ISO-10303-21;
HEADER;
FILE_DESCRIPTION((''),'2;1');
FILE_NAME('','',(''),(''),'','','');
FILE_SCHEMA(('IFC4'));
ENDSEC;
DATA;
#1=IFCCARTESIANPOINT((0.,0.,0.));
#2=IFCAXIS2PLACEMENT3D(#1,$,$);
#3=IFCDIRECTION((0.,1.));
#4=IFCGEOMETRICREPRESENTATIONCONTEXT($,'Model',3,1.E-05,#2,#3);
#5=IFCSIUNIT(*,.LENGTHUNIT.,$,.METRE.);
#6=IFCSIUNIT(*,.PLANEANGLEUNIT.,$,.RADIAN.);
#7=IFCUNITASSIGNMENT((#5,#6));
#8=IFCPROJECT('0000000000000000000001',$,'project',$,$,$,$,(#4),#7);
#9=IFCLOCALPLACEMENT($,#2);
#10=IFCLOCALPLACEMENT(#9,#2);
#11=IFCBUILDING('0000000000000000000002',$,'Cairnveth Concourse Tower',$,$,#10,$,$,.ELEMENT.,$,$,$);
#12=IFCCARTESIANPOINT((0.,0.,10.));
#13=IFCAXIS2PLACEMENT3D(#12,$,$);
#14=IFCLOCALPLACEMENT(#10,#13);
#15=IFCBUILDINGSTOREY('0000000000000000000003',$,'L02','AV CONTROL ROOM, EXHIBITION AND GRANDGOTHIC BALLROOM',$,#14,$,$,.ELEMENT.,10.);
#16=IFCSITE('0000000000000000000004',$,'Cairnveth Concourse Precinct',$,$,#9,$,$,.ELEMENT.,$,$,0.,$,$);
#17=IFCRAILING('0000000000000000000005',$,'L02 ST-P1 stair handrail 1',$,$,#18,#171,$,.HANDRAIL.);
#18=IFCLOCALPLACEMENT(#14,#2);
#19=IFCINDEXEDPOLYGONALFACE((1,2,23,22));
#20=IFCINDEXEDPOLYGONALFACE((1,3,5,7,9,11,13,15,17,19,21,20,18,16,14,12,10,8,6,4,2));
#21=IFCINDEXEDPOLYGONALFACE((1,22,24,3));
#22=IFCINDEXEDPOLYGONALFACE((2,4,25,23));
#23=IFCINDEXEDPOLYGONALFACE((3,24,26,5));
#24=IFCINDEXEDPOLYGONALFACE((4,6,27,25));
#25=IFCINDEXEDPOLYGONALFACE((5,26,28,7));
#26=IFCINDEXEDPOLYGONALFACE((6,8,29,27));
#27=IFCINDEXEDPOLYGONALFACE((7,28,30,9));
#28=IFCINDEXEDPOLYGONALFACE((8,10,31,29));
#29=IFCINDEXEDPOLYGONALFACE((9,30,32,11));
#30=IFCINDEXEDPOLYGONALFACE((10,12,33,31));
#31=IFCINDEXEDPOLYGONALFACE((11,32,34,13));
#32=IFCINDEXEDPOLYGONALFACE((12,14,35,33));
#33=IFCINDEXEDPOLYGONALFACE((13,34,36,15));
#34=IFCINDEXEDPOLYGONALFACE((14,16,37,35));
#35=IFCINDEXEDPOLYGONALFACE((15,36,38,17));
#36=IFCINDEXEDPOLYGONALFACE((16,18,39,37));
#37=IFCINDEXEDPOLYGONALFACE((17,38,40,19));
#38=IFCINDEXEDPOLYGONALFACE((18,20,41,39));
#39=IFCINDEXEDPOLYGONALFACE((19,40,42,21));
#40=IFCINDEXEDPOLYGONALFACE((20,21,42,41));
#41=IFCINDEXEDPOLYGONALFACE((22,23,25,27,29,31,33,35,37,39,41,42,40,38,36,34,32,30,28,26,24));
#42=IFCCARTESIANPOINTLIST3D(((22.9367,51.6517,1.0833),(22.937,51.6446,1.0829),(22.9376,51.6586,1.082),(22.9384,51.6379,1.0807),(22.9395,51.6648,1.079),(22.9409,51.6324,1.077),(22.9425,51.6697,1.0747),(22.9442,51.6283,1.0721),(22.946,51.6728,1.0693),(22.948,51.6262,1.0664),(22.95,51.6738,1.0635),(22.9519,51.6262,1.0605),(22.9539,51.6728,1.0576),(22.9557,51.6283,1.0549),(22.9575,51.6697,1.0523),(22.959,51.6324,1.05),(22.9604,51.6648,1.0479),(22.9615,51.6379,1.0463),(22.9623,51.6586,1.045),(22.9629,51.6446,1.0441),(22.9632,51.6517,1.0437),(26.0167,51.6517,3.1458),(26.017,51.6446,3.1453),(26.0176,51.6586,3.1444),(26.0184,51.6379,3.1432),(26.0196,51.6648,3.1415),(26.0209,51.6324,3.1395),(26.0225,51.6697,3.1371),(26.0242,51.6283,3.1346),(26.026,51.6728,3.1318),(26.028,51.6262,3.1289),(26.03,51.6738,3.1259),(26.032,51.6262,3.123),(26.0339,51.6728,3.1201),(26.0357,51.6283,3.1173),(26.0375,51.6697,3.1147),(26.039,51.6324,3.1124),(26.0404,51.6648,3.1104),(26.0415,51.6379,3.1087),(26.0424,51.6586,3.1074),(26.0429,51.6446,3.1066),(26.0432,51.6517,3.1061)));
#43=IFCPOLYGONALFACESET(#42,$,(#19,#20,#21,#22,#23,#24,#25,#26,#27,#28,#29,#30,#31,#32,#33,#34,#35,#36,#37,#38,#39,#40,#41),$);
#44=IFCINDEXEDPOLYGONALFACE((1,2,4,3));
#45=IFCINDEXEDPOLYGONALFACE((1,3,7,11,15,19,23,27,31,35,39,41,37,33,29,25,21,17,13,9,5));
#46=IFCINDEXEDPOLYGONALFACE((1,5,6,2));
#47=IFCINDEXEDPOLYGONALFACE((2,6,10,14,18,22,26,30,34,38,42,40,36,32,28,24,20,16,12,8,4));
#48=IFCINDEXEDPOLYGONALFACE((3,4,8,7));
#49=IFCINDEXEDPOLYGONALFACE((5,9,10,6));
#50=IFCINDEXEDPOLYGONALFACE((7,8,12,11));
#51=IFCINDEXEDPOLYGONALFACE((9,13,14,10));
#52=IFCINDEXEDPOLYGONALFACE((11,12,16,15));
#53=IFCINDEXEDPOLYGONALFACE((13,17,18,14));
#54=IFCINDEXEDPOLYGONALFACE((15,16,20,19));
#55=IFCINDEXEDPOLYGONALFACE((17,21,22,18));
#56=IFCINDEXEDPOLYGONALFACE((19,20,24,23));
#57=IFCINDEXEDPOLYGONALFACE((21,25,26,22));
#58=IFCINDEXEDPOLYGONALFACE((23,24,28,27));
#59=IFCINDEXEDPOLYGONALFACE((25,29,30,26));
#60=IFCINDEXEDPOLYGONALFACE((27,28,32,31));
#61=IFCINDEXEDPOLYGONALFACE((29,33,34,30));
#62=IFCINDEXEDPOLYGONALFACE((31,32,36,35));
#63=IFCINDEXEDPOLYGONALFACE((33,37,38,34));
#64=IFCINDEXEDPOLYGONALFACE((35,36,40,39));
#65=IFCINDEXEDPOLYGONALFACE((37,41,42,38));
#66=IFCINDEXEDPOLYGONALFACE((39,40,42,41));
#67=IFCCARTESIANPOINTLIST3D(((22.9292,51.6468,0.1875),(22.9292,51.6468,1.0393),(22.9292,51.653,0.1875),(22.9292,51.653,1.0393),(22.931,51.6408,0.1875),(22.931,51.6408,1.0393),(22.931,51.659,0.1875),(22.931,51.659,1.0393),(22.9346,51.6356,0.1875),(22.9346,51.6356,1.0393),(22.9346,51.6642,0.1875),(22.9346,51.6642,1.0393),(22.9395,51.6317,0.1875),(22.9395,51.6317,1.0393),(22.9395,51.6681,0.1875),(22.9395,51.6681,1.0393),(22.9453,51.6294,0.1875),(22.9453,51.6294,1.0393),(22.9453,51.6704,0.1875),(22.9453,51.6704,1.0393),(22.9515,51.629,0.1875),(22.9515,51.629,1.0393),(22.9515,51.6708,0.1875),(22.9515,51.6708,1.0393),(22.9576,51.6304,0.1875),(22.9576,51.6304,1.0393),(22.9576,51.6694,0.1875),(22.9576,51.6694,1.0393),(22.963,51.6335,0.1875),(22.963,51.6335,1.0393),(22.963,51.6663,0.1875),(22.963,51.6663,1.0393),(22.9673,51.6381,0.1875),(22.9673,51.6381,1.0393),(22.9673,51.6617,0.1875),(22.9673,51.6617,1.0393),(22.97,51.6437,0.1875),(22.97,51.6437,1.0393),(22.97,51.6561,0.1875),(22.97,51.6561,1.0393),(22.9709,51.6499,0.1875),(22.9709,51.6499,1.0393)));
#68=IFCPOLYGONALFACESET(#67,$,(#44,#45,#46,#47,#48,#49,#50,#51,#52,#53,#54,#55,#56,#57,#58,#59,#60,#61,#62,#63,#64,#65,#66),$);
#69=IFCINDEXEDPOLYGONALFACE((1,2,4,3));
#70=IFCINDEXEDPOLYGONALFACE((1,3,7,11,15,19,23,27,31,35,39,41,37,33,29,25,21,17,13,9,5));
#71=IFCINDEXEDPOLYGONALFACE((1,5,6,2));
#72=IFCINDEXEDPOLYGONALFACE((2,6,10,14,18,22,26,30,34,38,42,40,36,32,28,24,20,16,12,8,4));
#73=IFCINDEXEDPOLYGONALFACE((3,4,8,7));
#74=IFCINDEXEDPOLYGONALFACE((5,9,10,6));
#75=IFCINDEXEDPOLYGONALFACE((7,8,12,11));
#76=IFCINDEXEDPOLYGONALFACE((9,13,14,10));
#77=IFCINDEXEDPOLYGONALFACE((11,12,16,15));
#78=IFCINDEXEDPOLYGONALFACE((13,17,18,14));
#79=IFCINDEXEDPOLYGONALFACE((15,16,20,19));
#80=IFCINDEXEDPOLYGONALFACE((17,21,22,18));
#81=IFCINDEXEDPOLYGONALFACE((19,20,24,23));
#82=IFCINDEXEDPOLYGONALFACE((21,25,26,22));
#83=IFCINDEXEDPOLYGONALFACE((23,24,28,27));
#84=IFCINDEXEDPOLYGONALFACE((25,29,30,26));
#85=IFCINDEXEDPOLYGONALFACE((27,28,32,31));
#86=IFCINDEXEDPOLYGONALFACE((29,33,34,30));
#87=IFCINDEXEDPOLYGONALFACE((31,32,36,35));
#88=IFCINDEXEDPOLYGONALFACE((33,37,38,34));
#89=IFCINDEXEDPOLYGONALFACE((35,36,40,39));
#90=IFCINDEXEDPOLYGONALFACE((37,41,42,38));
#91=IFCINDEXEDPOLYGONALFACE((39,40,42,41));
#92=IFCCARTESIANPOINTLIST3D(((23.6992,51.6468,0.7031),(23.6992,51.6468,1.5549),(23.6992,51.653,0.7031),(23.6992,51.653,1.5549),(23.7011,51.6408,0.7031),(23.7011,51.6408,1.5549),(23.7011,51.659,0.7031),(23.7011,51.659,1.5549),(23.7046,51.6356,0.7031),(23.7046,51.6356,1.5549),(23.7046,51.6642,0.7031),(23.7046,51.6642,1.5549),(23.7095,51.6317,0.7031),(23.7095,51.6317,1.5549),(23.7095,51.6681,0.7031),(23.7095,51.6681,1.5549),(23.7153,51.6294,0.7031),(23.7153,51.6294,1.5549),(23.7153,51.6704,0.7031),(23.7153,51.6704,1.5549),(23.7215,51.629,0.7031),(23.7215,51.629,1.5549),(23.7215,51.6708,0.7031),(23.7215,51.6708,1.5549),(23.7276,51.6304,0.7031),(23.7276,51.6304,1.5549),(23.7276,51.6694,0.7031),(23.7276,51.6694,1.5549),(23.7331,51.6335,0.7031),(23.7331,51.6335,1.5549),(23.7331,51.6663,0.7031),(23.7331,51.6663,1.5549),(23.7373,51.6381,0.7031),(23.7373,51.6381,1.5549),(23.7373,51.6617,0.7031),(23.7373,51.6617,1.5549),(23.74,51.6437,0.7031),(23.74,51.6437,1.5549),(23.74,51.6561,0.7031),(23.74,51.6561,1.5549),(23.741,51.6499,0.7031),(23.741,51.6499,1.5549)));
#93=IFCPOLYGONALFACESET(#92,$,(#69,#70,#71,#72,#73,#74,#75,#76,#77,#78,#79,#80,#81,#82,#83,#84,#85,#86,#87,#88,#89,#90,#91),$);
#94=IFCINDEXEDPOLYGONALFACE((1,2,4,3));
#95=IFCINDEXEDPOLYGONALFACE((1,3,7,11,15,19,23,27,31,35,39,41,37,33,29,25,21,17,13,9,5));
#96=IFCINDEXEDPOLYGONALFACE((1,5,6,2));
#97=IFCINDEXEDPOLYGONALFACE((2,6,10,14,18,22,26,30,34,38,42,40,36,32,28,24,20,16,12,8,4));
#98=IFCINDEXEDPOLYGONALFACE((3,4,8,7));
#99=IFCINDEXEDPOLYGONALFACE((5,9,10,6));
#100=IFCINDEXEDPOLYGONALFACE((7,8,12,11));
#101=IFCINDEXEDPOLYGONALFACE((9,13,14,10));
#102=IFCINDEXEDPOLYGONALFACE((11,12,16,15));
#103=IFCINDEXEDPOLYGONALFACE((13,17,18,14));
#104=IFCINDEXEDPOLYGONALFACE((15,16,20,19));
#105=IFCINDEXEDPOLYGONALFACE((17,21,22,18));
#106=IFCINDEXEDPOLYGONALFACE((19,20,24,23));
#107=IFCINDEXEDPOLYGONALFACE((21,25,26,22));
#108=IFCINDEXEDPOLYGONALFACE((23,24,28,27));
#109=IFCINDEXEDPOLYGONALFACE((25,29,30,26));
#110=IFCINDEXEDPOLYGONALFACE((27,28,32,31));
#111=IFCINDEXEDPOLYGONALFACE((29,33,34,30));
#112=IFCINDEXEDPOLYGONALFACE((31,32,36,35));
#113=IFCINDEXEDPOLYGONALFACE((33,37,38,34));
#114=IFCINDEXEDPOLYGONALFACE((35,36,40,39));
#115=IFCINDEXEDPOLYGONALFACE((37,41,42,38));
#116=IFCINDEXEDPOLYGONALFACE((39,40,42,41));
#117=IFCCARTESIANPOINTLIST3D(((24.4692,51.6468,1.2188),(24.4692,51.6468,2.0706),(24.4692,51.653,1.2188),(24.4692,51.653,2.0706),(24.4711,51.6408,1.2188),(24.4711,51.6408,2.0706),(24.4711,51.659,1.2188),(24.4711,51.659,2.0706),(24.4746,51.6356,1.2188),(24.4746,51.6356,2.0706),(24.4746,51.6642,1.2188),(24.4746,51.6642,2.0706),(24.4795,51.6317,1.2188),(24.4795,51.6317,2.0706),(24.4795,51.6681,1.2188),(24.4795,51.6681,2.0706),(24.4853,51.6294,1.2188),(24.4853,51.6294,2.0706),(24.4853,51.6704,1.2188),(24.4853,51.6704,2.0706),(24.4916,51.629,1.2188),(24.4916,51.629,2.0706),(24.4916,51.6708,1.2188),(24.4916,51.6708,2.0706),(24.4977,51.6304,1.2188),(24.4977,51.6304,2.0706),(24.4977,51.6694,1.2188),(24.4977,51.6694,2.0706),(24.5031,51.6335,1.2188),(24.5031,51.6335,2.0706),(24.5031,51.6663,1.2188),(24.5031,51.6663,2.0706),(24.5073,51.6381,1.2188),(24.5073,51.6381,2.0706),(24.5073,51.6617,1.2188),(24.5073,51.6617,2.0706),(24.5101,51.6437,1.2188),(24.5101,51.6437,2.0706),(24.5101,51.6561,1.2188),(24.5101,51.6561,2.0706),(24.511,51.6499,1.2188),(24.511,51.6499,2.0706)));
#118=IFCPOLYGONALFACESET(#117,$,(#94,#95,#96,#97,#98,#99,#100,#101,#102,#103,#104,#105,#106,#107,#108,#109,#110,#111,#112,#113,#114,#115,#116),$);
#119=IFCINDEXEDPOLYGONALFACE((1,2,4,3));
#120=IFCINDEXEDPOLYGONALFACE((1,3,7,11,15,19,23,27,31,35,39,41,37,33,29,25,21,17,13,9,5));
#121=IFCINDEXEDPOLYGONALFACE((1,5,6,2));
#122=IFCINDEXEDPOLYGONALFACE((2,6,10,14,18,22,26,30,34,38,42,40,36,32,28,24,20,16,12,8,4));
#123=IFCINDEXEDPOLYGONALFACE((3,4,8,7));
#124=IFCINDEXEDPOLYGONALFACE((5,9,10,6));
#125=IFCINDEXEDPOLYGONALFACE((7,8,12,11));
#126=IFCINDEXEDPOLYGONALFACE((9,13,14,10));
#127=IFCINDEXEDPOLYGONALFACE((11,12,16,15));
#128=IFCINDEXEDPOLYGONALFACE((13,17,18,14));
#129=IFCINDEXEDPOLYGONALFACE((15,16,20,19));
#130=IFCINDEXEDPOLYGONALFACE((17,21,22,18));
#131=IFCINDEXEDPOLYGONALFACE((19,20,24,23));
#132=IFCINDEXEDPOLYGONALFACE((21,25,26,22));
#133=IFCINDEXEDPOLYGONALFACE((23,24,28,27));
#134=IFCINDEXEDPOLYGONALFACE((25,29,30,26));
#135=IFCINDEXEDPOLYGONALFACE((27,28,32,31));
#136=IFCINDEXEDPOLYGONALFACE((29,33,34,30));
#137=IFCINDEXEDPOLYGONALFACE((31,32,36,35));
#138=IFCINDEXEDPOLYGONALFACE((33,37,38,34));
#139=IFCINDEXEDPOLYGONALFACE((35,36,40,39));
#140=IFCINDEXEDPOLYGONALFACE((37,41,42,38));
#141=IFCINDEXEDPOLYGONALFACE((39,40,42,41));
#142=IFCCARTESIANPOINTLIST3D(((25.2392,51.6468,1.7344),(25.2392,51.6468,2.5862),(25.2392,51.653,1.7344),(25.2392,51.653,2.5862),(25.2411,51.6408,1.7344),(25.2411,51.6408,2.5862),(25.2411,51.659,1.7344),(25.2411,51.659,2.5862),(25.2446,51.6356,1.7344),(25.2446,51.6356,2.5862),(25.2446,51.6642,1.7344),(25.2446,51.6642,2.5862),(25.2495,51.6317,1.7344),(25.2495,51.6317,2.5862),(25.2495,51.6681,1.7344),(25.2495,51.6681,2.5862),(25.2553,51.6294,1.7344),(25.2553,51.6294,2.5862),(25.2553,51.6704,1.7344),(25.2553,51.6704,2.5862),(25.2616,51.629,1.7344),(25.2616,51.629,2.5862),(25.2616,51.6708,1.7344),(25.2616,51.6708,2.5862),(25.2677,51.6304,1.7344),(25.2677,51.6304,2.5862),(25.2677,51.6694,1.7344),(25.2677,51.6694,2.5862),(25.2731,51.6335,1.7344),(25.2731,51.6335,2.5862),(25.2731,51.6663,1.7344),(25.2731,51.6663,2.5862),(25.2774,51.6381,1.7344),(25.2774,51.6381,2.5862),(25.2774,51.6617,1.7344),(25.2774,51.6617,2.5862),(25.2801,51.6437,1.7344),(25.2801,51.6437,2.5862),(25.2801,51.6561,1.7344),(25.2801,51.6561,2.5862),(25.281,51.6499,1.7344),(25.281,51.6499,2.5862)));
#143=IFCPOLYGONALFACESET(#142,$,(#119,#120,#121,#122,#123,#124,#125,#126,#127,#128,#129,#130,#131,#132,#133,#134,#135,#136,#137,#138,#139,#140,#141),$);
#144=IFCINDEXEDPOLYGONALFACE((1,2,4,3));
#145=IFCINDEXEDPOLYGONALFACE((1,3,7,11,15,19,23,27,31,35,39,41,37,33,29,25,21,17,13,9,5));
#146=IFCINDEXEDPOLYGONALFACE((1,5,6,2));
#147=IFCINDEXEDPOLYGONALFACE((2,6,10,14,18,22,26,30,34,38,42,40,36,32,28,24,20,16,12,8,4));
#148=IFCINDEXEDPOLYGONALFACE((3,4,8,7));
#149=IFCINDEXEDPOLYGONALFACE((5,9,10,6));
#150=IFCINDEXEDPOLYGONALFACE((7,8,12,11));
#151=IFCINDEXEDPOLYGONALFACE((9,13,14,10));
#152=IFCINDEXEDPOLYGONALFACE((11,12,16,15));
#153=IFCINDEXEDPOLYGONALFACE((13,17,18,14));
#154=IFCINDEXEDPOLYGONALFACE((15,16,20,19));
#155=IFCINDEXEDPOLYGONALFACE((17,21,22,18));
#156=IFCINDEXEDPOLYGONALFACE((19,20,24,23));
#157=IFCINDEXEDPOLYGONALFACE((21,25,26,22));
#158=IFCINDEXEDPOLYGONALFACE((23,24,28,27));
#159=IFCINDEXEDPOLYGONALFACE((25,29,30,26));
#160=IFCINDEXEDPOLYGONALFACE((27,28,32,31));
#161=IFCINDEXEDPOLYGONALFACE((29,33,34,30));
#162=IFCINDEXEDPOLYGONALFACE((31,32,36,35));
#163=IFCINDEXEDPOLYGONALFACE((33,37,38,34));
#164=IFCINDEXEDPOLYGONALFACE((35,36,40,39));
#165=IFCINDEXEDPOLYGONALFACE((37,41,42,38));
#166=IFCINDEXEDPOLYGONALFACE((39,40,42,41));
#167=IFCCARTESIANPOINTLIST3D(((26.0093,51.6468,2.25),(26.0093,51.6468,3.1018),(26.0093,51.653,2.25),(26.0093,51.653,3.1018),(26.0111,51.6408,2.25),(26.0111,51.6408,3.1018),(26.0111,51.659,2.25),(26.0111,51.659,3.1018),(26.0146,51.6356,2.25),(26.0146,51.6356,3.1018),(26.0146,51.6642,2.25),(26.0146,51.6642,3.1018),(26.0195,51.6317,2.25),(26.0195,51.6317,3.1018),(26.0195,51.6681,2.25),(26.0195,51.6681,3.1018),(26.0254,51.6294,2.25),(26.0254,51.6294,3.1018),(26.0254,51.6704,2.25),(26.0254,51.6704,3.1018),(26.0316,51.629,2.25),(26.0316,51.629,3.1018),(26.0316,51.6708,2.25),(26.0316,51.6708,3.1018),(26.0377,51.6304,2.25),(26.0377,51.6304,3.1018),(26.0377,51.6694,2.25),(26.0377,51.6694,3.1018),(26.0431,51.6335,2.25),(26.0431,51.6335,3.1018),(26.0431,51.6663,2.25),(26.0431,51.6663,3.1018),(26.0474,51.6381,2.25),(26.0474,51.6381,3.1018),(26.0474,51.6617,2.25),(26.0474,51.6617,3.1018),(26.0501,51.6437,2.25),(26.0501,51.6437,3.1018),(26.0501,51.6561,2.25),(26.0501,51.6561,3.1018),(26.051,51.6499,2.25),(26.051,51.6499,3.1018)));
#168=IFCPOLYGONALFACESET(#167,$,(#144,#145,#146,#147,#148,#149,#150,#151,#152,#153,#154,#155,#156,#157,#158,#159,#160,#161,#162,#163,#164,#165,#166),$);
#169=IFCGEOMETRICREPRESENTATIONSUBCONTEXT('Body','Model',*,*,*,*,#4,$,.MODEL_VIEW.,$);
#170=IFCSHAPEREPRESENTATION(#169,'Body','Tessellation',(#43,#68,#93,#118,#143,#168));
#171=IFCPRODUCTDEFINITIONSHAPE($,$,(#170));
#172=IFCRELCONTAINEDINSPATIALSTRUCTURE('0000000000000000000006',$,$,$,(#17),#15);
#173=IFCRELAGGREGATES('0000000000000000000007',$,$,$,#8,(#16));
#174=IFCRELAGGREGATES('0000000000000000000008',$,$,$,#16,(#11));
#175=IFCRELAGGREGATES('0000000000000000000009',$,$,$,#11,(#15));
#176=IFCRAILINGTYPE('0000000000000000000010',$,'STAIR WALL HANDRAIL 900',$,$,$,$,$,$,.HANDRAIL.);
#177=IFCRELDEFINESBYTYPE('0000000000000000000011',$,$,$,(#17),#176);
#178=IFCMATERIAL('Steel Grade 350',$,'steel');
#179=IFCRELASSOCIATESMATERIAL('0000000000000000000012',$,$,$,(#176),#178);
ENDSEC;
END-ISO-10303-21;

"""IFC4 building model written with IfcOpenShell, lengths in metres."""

from ifc_helpers import new_model, si_unit, direction, frame, origin, origin_2d, place, context, subcontext, project, spatial, circle, extrude, material, type_object, element, save


model = new_model("IFC4")

# Units and contexts
model_context = context("Model", 3, precision=1e-05, world=origin(), true_north=direction((0.0, 1.0)))
body_context = subcontext(model_context, "Body", "Model", "MODEL_VIEW")
ifc_project = project(units=[si_unit("LENGTHUNIT", "METRE"), si_unit("PLANEANGLEUNIT", "RADIAN")], contexts=[model_context])

# Site, building, storey
site_placement = place(None, origin())
site = spatial("IfcSite", under=ifc_project, at=site_placement, Name="Cairnveth Concourse Precinct", CompositionType="ELEMENT", RefElevation=0.0)
building_placement = place(site_placement, origin())
building = spatial("IfcBuilding", under=site, at=building_placement, Name="Cairnveth Concourse Tower", CompositionType="ELEMENT")
storey_placement = place(building_placement, frame((0.0, 0.0, 10.0)))
storey = spatial("IfcBuildingStorey", under=building, at=storey_placement, Name="L02", Description="AV CONTROL ROOM, EXHIBITION AND GRANDGOTHIC BALLROOM", CompositionType="ELEMENT", Elevation=10.0)

# Shared definitions
ifc_material_1 = material(Name="Steel Grade 350", Category="steel")

# Railing
railing_type_1 = type_object("IfcRailingType", Name="STAIR WALL HANDRAIL 900", PredefinedType="HANDRAIL", material=ifc_material_1)
railing_1_placement = place(storey_placement, frame((22.95, 51.6499, 0.1875)))
element("IfcRailing", 1, at=railing_1_placement, inside=storey, type_object=railing_type_1, Name="L02 ST-P1 stair handrail 1", PredefinedType="HANDRAIL", context=body_context, shape_type="SweptSolid", body=[
    extrude(circle(Radius=0.0239, at=origin_2d()), frame((0.0, 0.0, 0.876), z_axis=(0.830914, 0.0, 0.556401), x_axis=(0.0, 1.0, 0.0)), (0.0, 0.0, 1.0), 3.7068),
    extrude(circle(Radius=0.021, at=origin_2d()), origin(), (0.0, 0.0, 1.0), 0.8518),
    extrude(circle(Radius=0.021, at=origin_2d()), frame((0.77, 0.0, 0.5156)), (0.0, 0.0, 1.0), 0.8518),
    extrude(circle(Radius=0.021, at=origin_2d()), frame((1.54, 0.0, 1.0312)), (0.0, 0.0, 1.0), 0.8518),
    extrude(circle(Radius=0.021, at=origin_2d()), frame((2.3101, 0.0, 1.5469)), (0.0, 0.0, 1.0), 0.8518),
    extrude(circle(Radius=0.021, at=origin_2d()), frame((3.0801, 0.0, 2.0625)), (0.0, 0.0, 1.0), 0.8518),
])

save(model, "model.ifc")
